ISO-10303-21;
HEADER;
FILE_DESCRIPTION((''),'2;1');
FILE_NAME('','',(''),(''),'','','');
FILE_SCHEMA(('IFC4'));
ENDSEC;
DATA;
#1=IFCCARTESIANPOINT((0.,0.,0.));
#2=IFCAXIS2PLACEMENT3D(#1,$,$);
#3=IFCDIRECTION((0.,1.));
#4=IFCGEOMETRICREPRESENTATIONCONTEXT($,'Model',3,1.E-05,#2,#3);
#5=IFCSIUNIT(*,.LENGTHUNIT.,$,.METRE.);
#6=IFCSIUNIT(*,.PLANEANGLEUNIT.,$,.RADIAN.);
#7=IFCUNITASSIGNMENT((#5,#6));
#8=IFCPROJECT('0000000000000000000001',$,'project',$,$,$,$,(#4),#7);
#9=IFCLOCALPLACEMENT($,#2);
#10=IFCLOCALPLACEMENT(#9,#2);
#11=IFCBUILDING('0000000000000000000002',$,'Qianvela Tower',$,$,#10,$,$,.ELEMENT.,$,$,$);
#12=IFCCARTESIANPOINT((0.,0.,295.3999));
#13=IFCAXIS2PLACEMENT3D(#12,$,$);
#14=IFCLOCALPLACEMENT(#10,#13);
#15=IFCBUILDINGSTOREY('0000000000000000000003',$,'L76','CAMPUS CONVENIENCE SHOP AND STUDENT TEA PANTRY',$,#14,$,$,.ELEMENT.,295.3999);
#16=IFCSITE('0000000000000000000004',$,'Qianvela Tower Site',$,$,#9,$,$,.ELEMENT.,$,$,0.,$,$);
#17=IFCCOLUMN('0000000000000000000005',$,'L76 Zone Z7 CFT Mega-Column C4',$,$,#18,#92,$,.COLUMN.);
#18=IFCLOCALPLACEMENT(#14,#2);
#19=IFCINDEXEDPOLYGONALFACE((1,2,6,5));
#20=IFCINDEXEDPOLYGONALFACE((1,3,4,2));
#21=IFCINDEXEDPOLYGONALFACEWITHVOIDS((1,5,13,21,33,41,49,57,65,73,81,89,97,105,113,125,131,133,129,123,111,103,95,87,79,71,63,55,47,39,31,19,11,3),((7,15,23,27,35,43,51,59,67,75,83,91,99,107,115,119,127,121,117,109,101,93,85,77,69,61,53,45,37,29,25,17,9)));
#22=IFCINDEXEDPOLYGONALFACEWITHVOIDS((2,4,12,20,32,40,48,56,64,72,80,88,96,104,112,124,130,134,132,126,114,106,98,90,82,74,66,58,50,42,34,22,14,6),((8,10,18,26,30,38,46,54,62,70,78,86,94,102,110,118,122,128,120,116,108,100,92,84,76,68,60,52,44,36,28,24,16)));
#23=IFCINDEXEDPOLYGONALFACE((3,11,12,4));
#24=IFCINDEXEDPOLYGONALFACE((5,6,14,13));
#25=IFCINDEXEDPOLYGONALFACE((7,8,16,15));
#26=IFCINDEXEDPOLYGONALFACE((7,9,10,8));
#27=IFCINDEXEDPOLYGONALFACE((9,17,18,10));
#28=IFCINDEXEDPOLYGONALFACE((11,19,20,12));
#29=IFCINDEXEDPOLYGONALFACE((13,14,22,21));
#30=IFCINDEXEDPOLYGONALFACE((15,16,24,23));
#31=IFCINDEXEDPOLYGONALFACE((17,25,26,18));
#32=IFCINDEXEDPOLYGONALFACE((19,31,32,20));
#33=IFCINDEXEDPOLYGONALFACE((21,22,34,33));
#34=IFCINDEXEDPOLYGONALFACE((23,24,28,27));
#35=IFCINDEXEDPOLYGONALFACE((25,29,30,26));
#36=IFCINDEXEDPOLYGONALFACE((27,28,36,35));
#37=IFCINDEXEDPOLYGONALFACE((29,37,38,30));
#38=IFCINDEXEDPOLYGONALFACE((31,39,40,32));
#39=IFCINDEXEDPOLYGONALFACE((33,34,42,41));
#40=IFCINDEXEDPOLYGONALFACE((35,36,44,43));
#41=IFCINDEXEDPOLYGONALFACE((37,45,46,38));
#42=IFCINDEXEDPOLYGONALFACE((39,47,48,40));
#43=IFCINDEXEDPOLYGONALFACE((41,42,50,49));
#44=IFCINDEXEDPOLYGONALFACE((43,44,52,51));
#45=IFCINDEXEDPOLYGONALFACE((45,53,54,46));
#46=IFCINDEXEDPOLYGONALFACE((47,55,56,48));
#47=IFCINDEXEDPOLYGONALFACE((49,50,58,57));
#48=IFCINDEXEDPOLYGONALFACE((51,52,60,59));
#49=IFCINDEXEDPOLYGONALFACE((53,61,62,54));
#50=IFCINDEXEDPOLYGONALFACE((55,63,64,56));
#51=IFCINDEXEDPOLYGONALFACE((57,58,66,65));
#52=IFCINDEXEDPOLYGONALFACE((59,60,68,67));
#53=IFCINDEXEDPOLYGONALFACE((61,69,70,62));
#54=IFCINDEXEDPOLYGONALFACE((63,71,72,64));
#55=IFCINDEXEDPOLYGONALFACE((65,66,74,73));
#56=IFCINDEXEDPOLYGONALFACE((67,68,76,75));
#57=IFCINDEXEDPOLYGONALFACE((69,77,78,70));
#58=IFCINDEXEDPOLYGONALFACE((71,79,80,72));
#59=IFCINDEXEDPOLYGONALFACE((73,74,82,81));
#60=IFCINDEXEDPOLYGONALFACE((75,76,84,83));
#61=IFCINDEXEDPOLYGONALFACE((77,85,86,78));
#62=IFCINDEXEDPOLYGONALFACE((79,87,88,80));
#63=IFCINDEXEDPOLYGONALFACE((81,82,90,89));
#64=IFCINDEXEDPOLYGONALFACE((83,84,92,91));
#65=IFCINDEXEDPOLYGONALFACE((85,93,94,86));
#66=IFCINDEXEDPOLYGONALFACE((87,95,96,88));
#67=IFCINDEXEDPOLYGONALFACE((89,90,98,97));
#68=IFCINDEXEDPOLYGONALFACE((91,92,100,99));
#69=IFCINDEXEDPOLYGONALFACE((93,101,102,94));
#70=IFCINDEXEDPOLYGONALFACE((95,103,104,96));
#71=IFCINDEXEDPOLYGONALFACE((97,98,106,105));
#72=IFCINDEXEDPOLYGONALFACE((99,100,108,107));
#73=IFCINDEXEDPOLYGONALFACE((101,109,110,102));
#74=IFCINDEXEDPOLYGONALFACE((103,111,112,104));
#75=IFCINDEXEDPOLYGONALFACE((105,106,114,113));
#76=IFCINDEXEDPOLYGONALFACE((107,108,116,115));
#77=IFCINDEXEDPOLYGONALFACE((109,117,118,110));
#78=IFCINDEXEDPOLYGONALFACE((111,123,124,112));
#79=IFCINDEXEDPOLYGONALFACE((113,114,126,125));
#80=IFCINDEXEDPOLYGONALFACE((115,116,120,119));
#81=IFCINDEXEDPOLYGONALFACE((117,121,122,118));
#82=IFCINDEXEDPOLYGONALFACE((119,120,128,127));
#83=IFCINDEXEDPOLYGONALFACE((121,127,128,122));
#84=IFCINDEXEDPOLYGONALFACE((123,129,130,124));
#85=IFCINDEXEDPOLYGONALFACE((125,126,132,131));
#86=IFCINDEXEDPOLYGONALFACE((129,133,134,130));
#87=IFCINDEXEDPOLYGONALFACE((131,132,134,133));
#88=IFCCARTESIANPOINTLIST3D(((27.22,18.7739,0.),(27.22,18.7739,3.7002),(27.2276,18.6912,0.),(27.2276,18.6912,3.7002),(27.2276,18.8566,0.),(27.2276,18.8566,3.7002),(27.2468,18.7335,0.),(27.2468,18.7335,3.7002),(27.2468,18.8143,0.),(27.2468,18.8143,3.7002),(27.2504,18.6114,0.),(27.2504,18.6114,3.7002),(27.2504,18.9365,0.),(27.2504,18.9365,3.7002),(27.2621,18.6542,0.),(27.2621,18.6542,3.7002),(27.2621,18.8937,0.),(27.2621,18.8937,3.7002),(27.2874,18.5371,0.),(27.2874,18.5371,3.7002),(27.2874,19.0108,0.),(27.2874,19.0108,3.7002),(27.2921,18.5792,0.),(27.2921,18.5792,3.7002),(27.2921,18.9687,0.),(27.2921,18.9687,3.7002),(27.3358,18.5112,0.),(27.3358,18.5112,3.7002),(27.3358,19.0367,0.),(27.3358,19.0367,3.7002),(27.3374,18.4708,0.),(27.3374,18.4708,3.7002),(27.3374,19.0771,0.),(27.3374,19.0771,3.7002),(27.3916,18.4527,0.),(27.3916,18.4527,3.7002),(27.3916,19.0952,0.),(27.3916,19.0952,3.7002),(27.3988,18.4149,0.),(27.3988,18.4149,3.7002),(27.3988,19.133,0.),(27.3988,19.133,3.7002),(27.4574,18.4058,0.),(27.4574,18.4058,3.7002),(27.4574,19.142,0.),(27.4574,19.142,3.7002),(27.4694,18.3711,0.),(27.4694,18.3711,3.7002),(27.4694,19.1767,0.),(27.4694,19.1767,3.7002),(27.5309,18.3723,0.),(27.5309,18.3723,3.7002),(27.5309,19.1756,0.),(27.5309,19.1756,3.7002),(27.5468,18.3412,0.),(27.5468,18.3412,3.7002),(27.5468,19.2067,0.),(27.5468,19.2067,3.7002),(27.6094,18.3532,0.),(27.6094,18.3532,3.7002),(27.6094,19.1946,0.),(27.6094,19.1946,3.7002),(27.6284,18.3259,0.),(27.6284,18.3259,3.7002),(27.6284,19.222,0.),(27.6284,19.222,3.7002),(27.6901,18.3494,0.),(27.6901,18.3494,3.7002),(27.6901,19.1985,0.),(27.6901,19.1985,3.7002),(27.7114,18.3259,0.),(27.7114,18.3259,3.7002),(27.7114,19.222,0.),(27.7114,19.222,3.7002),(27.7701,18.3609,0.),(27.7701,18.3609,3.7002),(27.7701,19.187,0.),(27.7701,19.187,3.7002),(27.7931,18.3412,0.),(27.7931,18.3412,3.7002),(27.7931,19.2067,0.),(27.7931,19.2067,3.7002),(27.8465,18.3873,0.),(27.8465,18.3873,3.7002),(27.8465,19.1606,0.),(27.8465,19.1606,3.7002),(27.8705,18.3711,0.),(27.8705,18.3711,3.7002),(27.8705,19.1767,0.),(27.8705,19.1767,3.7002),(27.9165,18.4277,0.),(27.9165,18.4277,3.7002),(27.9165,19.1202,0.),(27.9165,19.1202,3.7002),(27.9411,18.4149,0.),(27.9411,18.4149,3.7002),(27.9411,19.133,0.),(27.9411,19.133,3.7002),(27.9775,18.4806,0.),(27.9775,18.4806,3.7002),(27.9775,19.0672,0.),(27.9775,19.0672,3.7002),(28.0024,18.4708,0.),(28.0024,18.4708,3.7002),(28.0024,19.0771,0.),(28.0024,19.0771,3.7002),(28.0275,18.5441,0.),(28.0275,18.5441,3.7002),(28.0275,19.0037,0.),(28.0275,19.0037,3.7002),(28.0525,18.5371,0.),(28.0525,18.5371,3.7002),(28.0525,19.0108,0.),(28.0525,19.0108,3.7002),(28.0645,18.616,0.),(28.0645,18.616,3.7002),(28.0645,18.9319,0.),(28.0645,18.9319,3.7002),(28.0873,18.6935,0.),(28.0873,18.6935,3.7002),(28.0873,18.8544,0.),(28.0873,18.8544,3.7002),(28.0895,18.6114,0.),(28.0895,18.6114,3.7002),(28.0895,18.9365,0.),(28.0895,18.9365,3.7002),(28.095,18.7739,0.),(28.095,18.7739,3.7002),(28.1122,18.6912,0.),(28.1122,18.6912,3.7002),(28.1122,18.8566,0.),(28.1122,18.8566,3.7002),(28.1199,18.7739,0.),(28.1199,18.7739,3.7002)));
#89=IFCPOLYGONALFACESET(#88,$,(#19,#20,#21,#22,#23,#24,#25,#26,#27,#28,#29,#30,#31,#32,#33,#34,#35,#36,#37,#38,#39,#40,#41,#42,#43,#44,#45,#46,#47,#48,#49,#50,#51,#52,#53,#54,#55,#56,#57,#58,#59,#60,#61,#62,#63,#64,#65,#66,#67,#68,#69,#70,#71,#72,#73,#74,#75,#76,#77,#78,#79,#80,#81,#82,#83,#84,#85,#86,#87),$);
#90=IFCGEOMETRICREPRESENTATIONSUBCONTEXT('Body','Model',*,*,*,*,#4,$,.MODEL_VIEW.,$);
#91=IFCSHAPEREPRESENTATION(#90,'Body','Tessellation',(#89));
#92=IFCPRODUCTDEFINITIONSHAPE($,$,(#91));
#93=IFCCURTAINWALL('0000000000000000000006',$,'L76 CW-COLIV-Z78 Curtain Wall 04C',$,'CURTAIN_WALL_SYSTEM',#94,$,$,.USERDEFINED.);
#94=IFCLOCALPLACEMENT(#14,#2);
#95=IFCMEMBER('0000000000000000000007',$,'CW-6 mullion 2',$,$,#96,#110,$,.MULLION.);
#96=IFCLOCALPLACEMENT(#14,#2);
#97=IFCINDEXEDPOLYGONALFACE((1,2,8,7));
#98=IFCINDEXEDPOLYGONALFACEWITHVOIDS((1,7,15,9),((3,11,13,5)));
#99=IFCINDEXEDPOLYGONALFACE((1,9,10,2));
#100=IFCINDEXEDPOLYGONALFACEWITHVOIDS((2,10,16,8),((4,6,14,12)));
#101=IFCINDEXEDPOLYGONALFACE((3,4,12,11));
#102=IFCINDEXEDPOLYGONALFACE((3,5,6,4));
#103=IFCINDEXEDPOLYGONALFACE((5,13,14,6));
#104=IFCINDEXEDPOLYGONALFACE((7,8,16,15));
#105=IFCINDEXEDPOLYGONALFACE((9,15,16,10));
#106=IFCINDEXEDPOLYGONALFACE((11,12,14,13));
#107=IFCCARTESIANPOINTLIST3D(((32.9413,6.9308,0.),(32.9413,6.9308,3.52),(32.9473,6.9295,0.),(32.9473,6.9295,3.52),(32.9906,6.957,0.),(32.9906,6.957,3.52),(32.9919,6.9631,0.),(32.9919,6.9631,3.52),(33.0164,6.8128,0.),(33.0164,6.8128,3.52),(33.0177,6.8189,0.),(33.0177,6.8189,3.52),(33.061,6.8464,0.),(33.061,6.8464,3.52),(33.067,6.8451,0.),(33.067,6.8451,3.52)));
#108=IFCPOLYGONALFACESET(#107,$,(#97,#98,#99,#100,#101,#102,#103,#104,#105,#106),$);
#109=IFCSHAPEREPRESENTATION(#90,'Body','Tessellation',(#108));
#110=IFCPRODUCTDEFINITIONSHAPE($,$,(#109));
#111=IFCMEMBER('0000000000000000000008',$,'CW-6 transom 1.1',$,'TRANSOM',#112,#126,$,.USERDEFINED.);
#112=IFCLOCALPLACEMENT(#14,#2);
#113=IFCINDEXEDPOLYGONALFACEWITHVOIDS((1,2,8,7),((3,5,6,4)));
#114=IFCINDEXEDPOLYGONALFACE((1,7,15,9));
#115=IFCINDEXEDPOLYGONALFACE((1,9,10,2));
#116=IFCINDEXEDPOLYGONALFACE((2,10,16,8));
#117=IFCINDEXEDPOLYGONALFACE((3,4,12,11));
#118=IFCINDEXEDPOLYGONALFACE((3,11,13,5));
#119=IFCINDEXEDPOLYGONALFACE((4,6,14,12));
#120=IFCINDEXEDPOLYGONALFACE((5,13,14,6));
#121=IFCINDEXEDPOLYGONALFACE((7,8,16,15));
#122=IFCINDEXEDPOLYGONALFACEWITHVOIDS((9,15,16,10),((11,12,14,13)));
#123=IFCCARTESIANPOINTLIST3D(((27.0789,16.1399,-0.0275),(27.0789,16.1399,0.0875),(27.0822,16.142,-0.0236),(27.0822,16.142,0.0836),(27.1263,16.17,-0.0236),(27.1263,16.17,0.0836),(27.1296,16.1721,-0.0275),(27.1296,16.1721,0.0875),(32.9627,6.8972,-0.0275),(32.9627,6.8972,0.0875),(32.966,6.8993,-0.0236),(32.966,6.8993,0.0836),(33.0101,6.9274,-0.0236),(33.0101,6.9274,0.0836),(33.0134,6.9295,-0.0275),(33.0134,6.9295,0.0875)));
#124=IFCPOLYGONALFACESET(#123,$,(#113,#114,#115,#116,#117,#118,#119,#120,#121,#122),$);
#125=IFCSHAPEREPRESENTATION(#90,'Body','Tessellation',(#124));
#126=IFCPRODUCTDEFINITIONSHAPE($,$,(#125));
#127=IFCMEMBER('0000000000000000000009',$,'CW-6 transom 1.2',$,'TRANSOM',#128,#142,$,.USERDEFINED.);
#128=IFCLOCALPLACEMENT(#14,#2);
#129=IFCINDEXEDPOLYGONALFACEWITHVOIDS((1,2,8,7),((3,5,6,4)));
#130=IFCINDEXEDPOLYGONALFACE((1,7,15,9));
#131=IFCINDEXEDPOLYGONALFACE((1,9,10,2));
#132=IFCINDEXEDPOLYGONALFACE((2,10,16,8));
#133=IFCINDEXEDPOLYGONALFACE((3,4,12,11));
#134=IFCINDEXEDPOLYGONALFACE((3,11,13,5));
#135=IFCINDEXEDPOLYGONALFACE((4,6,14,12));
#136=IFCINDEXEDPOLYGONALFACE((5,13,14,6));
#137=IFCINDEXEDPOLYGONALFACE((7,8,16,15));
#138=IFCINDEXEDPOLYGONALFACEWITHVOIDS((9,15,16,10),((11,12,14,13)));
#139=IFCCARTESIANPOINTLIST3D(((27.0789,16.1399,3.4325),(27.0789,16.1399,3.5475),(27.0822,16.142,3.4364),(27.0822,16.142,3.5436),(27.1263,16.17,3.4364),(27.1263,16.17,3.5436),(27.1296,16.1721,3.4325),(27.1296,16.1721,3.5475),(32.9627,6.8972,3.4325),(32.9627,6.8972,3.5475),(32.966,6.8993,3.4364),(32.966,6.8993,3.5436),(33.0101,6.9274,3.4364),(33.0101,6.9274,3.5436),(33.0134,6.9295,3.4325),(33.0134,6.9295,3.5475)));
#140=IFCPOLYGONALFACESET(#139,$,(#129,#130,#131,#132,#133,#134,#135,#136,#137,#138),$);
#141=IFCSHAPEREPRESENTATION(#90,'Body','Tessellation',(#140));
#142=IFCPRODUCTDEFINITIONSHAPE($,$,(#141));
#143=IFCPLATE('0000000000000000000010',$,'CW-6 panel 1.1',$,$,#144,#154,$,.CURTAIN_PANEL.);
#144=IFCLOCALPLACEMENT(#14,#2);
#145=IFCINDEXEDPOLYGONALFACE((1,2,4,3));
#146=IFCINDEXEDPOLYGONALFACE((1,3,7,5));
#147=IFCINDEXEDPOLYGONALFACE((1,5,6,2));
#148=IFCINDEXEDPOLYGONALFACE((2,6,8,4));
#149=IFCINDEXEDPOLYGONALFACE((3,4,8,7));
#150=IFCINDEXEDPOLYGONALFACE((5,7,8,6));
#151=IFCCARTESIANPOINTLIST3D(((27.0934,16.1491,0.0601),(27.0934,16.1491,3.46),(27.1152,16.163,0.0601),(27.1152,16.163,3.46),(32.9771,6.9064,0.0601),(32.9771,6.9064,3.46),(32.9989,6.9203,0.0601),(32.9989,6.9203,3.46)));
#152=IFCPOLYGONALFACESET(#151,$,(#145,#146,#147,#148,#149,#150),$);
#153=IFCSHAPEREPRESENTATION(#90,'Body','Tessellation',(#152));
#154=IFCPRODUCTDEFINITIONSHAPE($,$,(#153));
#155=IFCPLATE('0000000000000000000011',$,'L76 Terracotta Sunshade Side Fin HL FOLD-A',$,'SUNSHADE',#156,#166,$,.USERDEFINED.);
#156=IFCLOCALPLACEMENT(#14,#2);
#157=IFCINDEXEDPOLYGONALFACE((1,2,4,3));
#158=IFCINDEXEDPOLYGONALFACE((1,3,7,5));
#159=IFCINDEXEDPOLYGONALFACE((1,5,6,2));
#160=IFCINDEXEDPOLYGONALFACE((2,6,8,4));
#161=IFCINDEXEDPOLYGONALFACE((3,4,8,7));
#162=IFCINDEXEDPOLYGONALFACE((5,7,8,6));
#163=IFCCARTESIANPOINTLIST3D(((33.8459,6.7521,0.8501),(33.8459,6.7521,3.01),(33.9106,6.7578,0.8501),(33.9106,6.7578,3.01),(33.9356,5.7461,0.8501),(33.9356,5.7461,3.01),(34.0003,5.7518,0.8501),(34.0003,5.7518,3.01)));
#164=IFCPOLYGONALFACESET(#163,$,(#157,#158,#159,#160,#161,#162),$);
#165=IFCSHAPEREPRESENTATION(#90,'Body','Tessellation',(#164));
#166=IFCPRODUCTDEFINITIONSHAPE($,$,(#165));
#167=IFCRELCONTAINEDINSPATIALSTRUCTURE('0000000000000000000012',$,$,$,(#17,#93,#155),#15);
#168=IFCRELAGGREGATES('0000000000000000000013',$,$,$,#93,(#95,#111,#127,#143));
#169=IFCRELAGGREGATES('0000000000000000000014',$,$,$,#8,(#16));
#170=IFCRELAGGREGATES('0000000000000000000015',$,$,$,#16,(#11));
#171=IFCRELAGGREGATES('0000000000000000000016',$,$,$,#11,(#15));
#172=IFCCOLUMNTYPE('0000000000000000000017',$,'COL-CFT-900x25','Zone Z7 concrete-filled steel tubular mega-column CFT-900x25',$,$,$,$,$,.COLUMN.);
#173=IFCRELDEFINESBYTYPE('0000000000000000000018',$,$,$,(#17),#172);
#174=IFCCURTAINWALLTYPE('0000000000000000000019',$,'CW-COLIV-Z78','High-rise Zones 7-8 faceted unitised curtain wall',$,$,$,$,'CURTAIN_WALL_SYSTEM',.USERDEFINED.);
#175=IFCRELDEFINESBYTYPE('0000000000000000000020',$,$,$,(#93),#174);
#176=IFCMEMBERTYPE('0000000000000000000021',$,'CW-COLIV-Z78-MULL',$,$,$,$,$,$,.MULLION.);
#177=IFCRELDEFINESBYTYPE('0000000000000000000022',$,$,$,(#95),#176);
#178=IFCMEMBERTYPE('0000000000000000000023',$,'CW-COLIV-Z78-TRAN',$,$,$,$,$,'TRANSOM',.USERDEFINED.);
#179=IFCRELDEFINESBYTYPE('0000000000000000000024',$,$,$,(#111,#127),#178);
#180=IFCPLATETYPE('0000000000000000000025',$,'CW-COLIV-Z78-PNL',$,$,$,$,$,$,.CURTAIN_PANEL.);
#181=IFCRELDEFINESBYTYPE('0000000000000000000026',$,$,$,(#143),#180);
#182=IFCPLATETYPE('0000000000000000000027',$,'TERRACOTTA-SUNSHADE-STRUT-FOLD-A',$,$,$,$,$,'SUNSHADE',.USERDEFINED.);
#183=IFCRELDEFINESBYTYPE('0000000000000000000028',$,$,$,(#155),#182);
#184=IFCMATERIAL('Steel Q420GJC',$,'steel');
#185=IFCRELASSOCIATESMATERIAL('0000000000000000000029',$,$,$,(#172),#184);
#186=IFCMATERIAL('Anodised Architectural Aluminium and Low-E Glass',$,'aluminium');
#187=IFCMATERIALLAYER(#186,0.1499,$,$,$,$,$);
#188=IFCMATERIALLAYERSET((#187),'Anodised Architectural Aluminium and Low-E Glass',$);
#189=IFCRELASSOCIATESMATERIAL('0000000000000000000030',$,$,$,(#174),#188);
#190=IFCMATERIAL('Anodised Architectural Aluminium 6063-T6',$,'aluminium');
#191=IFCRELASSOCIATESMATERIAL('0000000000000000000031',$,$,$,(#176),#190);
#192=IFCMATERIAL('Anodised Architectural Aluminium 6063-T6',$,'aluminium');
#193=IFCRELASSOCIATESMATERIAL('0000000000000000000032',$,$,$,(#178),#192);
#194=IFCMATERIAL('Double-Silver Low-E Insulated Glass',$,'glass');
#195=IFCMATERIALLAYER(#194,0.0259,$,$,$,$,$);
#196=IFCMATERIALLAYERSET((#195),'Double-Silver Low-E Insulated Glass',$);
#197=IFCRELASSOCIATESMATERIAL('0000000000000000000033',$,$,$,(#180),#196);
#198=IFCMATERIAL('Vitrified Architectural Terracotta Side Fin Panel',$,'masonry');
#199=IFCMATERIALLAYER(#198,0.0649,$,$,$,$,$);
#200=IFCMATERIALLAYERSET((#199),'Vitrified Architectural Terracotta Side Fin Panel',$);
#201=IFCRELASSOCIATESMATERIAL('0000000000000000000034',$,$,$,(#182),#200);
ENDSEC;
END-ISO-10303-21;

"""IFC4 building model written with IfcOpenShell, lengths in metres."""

from ifc_helpers import new_model, si_unit, direction, frame, origin, origin_2d, place, context, subcontext, project, spatial, rectangle, hollow_rectangle, hollow_circle, extrude, material, layer, layer_set, material_profile, profile_set, type_object, element, aggregate, save


model = new_model("IFC4")

# Units and contexts
model_context = context("Model", 3, precision=1e-05, world=origin(), true_north=direction((0.0, 1.0)))
body_context = subcontext(model_context, "Body", "Model", "MODEL_VIEW")
ifc_project = project(units=[si_unit("LENGTHUNIT", "METRE"), si_unit("PLANEANGLEUNIT", "RADIAN")], contexts=[model_context])

# Site, building, storey
site_placement = place(None, origin())
site = spatial("IfcSite", under=ifc_project, at=site_placement, Name="Qianvela Tower Site", CompositionType="ELEMENT", RefElevation=0.0)
building_placement = place(site_placement, origin())
building = spatial("IfcBuilding", under=site, at=building_placement, Name="Qianvela Tower", CompositionType="ELEMENT")
storey_placement = place(building_placement, frame((0.0, 0.0, 295.3999)))
storey = spatial("IfcBuildingStorey", under=building, at=storey_placement, Name="L76", Description="CAMPUS CONVENIENCE SHOP AND STUDENT TEA PANTRY", CompositionType="ELEMENT", Elevation=295.3999)

# Column
ifc_material_1 = material(Name="Steel Q420GJC", Category="steel")
ifc_material_profile_1 = material_profile(ifc_material_1, hollow_circle(Radius=0.45, WallThickness=0.0249, at=origin_2d()), Name="CFT-900x25")
ifc_profile_set_1 = profile_set([ifc_material_profile_1], Name="Steel Q420GJC")
column_type = type_object("IfcColumnType", Name="COL-CFT-900x25", Description="Zone Z7 concrete-filled steel tubular mega-column CFT-900x25", PredefinedType="COLUMN", material=ifc_profile_set_1)
column_placement = place(storey_placement, frame((27.6699, 18.7739, 0.0), z_axis=(0.0, 0.0, 1.0), x_axis=(1.0, 0.0, 0.0)))
element("IfcColumn", 1, at=column_placement, inside=storey, type_object=column_type, Name="L76 Zone Z7 CFT Mega-Column C4", PredefinedType="COLUMN", context=body_context, shape_type="SweptSolid", body=[
    extrude(hollow_circle(Radius=0.45, WallThickness=0.0249, at=origin_2d()), origin(), (0.0, 0.0, 1.0), 3.7002),
])

# Curtain wall, members, plate
ifc_material_2 = material(Name="Anodised Architectural Aluminium and Low-E Glass", Category="aluminium")
ifc_layer_1 = layer(ifc_material_2, 0.1499)
ifc_layer_set_1 = layer_set([ifc_layer_1], Name="Anodised Architectural Aluminium and Low-E Glass")
curtain_wall_type = type_object("IfcCurtainWallType", Name="CW-COLIV-Z78", Description="High-rise Zones 7-8 faceted unitised curtain wall", ElementType="CURTAIN_WALL_SYSTEM", PredefinedType="USERDEFINED", material=ifc_layer_set_1)
curtain_wall_placement = place(storey_placement, origin())
curtain_wall = element("IfcCurtainWall", 2, at=curtain_wall_placement, inside=storey, type_object=curtain_wall_type, Name="L76 CW-COLIV-Z78 Curtain Wall 04C", ObjectType="CURTAIN_WALL_SYSTEM", PredefinedType="USERDEFINED")
ifc_material_3 = material(Name="Anodised Architectural Aluminium 6063-T6", Category="aluminium")
ifc_material_profile_2 = material_profile(ifc_material_3, hollow_rectangle(XDim=0.0601, YDim=0.1399, WallThickness=0.0044, at=origin_2d()), Name="ALU-MULL-60x140")
ifc_profile_set_2 = profile_set([ifc_material_profile_2], Name="Anodised Architectural Aluminium 6063-T6")
member_type_1 = type_object("IfcMemberType", Name="CW-COLIV-Z78-MULL", PredefinedType="MULLION", material=ifc_profile_set_2)
member_1_placement = place(storey_placement, frame((33.0042, 6.8879, 0.0), z_axis=(0.0, 0.0, 1.0), x_axis=(0.84358, 0.537003, 0.0)))
member_1 = element("IfcMember", 3, at=member_1_placement, type_object=member_type_1, Name="CW-6 mullion 2", PredefinedType="MULLION", context=body_context, shape_type="SweptSolid", body=[
    extrude(hollow_rectangle(XDim=0.0601, YDim=0.1399, WallThickness=0.0044, at=origin_2d()), origin(), (0.0, 0.0, 1.0), 3.52),
])
ifc_material_4 = material(Name="Anodised Architectural Aluminium 6063-T6", Category="aluminium")
ifc_material_profile_3 = material_profile(ifc_material_4, hollow_rectangle(XDim=0.0601, YDim=0.115, WallThickness=0.0039, at=origin_2d()), Name="ALU-TRAN-60x115")
ifc_profile_set_3 = profile_set([ifc_material_profile_3], Name="Anodised Architectural Aluminium 6063-T6")
member_type_2 = type_object("IfcMemberType", Name="CW-COLIV-Z78-TRAN", ElementType="TRANSOM", PredefinedType="USERDEFINED", material=ifc_profile_set_3)
member_2_placement = place(storey_placement, frame((27.1042, 16.156, 0.03), z_axis=(0.537011, -0.843575, 0.0), x_axis=(0.843575, 0.537011, 0.0)))
member_2 = element("IfcMember", 4, at=member_2_placement, type_object=member_type_2, Name="CW-6 transom 1.1", ObjectType="TRANSOM", PredefinedType="USERDEFINED", context=body_context, shape_type="SweptSolid", body=[
    extrude(hollow_rectangle(XDim=0.0601, YDim=0.115, WallThickness=0.0039, at=origin_2d()), origin(), (0.0, 0.0, 1.0), 10.9565),
])
member_3_placement = place(storey_placement, frame((27.1042, 16.156, 3.49), z_axis=(0.537011, -0.843575, 0.0), x_axis=(0.843575, 0.537011, 0.0)))
member_3 = element("IfcMember", 5, at=member_3_placement, type_object=member_type_2, Name="CW-6 transom 1.2", ObjectType="TRANSOM", PredefinedType="USERDEFINED", context=body_context, shape_type="SweptSolid", body=[
    extrude(hollow_rectangle(XDim=0.0601, YDim=0.115, WallThickness=0.0039, at=origin_2d()), origin(), (0.0, 0.0, 1.0), 10.9565),
])
ifc_material_5 = material(Name="Double-Silver Low-E Insulated Glass", Category="glass")
ifc_layer_2 = layer(ifc_material_5, 0.0259)
ifc_layer_set_2 = layer_set([ifc_layer_2], Name="Double-Silver Low-E Insulated Glass")
plate_type_1 = type_object("IfcPlateType", Name="CW-COLIV-Z78-PNL", PredefinedType="CURTAIN_PANEL", material=ifc_layer_set_2)
plate_1_placement = place(storey_placement, frame((30.0461, 11.5347, 0.0601), z_axis=(0.0, 0.0, 1.0), x_axis=(0.537003, -0.84358, 0.0)))
plate_1 = element("IfcPlate", 6, at=plate_1_placement, type_object=plate_type_1, Name="CW-6 panel 1.1", PredefinedType="CURTAIN_PANEL", context=body_context, shape_type="SweptSolid", body=[
    extrude(rectangle(XDim=10.9565, YDim=0.0259, at=origin_2d()), origin(), (0.0, 0.0, 1.0), 3.3999),
])
aggregate(curtain_wall, [member_1, member_2, member_3, plate_1])

# Plate
ifc_material_6 = material(Name="Vitrified Architectural Terracotta Side Fin Panel", Category="masonry")
ifc_layer_3 = layer(ifc_material_6, 0.0649)
ifc_layer_set_3 = layer_set([ifc_layer_3], Name="Vitrified Architectural Terracotta Side Fin Panel")
plate_type_2 = type_object("IfcPlateType", Name="TERRACOTTA-SUNSHADE-STRUT-FOLD-A", ElementType="SUNSHADE", PredefinedType="USERDEFINED", material=ifc_layer_set_3)
plate_2_placement = place(storey_placement, frame((33.9231, 6.252, 0.8501), z_axis=(0.0, 0.0, 1.0), x_axis=(0.99605, 0.088795, 0.0)))
element("IfcPlate", 7, at=plate_2_placement, inside=storey, type_object=plate_type_2, Name="L76 Terracotta Sunshade Side Fin HL FOLD-A", ObjectType="SUNSHADE", PredefinedType="USERDEFINED", context=body_context, shape_type="SweptSolid", body=[
    extrude(rectangle(XDim=0.0649, YDim=1.01, at=origin_2d()), origin(), (0.0, 0.0, 1.0), 2.1599),
])

save(model, "model.ifc")
